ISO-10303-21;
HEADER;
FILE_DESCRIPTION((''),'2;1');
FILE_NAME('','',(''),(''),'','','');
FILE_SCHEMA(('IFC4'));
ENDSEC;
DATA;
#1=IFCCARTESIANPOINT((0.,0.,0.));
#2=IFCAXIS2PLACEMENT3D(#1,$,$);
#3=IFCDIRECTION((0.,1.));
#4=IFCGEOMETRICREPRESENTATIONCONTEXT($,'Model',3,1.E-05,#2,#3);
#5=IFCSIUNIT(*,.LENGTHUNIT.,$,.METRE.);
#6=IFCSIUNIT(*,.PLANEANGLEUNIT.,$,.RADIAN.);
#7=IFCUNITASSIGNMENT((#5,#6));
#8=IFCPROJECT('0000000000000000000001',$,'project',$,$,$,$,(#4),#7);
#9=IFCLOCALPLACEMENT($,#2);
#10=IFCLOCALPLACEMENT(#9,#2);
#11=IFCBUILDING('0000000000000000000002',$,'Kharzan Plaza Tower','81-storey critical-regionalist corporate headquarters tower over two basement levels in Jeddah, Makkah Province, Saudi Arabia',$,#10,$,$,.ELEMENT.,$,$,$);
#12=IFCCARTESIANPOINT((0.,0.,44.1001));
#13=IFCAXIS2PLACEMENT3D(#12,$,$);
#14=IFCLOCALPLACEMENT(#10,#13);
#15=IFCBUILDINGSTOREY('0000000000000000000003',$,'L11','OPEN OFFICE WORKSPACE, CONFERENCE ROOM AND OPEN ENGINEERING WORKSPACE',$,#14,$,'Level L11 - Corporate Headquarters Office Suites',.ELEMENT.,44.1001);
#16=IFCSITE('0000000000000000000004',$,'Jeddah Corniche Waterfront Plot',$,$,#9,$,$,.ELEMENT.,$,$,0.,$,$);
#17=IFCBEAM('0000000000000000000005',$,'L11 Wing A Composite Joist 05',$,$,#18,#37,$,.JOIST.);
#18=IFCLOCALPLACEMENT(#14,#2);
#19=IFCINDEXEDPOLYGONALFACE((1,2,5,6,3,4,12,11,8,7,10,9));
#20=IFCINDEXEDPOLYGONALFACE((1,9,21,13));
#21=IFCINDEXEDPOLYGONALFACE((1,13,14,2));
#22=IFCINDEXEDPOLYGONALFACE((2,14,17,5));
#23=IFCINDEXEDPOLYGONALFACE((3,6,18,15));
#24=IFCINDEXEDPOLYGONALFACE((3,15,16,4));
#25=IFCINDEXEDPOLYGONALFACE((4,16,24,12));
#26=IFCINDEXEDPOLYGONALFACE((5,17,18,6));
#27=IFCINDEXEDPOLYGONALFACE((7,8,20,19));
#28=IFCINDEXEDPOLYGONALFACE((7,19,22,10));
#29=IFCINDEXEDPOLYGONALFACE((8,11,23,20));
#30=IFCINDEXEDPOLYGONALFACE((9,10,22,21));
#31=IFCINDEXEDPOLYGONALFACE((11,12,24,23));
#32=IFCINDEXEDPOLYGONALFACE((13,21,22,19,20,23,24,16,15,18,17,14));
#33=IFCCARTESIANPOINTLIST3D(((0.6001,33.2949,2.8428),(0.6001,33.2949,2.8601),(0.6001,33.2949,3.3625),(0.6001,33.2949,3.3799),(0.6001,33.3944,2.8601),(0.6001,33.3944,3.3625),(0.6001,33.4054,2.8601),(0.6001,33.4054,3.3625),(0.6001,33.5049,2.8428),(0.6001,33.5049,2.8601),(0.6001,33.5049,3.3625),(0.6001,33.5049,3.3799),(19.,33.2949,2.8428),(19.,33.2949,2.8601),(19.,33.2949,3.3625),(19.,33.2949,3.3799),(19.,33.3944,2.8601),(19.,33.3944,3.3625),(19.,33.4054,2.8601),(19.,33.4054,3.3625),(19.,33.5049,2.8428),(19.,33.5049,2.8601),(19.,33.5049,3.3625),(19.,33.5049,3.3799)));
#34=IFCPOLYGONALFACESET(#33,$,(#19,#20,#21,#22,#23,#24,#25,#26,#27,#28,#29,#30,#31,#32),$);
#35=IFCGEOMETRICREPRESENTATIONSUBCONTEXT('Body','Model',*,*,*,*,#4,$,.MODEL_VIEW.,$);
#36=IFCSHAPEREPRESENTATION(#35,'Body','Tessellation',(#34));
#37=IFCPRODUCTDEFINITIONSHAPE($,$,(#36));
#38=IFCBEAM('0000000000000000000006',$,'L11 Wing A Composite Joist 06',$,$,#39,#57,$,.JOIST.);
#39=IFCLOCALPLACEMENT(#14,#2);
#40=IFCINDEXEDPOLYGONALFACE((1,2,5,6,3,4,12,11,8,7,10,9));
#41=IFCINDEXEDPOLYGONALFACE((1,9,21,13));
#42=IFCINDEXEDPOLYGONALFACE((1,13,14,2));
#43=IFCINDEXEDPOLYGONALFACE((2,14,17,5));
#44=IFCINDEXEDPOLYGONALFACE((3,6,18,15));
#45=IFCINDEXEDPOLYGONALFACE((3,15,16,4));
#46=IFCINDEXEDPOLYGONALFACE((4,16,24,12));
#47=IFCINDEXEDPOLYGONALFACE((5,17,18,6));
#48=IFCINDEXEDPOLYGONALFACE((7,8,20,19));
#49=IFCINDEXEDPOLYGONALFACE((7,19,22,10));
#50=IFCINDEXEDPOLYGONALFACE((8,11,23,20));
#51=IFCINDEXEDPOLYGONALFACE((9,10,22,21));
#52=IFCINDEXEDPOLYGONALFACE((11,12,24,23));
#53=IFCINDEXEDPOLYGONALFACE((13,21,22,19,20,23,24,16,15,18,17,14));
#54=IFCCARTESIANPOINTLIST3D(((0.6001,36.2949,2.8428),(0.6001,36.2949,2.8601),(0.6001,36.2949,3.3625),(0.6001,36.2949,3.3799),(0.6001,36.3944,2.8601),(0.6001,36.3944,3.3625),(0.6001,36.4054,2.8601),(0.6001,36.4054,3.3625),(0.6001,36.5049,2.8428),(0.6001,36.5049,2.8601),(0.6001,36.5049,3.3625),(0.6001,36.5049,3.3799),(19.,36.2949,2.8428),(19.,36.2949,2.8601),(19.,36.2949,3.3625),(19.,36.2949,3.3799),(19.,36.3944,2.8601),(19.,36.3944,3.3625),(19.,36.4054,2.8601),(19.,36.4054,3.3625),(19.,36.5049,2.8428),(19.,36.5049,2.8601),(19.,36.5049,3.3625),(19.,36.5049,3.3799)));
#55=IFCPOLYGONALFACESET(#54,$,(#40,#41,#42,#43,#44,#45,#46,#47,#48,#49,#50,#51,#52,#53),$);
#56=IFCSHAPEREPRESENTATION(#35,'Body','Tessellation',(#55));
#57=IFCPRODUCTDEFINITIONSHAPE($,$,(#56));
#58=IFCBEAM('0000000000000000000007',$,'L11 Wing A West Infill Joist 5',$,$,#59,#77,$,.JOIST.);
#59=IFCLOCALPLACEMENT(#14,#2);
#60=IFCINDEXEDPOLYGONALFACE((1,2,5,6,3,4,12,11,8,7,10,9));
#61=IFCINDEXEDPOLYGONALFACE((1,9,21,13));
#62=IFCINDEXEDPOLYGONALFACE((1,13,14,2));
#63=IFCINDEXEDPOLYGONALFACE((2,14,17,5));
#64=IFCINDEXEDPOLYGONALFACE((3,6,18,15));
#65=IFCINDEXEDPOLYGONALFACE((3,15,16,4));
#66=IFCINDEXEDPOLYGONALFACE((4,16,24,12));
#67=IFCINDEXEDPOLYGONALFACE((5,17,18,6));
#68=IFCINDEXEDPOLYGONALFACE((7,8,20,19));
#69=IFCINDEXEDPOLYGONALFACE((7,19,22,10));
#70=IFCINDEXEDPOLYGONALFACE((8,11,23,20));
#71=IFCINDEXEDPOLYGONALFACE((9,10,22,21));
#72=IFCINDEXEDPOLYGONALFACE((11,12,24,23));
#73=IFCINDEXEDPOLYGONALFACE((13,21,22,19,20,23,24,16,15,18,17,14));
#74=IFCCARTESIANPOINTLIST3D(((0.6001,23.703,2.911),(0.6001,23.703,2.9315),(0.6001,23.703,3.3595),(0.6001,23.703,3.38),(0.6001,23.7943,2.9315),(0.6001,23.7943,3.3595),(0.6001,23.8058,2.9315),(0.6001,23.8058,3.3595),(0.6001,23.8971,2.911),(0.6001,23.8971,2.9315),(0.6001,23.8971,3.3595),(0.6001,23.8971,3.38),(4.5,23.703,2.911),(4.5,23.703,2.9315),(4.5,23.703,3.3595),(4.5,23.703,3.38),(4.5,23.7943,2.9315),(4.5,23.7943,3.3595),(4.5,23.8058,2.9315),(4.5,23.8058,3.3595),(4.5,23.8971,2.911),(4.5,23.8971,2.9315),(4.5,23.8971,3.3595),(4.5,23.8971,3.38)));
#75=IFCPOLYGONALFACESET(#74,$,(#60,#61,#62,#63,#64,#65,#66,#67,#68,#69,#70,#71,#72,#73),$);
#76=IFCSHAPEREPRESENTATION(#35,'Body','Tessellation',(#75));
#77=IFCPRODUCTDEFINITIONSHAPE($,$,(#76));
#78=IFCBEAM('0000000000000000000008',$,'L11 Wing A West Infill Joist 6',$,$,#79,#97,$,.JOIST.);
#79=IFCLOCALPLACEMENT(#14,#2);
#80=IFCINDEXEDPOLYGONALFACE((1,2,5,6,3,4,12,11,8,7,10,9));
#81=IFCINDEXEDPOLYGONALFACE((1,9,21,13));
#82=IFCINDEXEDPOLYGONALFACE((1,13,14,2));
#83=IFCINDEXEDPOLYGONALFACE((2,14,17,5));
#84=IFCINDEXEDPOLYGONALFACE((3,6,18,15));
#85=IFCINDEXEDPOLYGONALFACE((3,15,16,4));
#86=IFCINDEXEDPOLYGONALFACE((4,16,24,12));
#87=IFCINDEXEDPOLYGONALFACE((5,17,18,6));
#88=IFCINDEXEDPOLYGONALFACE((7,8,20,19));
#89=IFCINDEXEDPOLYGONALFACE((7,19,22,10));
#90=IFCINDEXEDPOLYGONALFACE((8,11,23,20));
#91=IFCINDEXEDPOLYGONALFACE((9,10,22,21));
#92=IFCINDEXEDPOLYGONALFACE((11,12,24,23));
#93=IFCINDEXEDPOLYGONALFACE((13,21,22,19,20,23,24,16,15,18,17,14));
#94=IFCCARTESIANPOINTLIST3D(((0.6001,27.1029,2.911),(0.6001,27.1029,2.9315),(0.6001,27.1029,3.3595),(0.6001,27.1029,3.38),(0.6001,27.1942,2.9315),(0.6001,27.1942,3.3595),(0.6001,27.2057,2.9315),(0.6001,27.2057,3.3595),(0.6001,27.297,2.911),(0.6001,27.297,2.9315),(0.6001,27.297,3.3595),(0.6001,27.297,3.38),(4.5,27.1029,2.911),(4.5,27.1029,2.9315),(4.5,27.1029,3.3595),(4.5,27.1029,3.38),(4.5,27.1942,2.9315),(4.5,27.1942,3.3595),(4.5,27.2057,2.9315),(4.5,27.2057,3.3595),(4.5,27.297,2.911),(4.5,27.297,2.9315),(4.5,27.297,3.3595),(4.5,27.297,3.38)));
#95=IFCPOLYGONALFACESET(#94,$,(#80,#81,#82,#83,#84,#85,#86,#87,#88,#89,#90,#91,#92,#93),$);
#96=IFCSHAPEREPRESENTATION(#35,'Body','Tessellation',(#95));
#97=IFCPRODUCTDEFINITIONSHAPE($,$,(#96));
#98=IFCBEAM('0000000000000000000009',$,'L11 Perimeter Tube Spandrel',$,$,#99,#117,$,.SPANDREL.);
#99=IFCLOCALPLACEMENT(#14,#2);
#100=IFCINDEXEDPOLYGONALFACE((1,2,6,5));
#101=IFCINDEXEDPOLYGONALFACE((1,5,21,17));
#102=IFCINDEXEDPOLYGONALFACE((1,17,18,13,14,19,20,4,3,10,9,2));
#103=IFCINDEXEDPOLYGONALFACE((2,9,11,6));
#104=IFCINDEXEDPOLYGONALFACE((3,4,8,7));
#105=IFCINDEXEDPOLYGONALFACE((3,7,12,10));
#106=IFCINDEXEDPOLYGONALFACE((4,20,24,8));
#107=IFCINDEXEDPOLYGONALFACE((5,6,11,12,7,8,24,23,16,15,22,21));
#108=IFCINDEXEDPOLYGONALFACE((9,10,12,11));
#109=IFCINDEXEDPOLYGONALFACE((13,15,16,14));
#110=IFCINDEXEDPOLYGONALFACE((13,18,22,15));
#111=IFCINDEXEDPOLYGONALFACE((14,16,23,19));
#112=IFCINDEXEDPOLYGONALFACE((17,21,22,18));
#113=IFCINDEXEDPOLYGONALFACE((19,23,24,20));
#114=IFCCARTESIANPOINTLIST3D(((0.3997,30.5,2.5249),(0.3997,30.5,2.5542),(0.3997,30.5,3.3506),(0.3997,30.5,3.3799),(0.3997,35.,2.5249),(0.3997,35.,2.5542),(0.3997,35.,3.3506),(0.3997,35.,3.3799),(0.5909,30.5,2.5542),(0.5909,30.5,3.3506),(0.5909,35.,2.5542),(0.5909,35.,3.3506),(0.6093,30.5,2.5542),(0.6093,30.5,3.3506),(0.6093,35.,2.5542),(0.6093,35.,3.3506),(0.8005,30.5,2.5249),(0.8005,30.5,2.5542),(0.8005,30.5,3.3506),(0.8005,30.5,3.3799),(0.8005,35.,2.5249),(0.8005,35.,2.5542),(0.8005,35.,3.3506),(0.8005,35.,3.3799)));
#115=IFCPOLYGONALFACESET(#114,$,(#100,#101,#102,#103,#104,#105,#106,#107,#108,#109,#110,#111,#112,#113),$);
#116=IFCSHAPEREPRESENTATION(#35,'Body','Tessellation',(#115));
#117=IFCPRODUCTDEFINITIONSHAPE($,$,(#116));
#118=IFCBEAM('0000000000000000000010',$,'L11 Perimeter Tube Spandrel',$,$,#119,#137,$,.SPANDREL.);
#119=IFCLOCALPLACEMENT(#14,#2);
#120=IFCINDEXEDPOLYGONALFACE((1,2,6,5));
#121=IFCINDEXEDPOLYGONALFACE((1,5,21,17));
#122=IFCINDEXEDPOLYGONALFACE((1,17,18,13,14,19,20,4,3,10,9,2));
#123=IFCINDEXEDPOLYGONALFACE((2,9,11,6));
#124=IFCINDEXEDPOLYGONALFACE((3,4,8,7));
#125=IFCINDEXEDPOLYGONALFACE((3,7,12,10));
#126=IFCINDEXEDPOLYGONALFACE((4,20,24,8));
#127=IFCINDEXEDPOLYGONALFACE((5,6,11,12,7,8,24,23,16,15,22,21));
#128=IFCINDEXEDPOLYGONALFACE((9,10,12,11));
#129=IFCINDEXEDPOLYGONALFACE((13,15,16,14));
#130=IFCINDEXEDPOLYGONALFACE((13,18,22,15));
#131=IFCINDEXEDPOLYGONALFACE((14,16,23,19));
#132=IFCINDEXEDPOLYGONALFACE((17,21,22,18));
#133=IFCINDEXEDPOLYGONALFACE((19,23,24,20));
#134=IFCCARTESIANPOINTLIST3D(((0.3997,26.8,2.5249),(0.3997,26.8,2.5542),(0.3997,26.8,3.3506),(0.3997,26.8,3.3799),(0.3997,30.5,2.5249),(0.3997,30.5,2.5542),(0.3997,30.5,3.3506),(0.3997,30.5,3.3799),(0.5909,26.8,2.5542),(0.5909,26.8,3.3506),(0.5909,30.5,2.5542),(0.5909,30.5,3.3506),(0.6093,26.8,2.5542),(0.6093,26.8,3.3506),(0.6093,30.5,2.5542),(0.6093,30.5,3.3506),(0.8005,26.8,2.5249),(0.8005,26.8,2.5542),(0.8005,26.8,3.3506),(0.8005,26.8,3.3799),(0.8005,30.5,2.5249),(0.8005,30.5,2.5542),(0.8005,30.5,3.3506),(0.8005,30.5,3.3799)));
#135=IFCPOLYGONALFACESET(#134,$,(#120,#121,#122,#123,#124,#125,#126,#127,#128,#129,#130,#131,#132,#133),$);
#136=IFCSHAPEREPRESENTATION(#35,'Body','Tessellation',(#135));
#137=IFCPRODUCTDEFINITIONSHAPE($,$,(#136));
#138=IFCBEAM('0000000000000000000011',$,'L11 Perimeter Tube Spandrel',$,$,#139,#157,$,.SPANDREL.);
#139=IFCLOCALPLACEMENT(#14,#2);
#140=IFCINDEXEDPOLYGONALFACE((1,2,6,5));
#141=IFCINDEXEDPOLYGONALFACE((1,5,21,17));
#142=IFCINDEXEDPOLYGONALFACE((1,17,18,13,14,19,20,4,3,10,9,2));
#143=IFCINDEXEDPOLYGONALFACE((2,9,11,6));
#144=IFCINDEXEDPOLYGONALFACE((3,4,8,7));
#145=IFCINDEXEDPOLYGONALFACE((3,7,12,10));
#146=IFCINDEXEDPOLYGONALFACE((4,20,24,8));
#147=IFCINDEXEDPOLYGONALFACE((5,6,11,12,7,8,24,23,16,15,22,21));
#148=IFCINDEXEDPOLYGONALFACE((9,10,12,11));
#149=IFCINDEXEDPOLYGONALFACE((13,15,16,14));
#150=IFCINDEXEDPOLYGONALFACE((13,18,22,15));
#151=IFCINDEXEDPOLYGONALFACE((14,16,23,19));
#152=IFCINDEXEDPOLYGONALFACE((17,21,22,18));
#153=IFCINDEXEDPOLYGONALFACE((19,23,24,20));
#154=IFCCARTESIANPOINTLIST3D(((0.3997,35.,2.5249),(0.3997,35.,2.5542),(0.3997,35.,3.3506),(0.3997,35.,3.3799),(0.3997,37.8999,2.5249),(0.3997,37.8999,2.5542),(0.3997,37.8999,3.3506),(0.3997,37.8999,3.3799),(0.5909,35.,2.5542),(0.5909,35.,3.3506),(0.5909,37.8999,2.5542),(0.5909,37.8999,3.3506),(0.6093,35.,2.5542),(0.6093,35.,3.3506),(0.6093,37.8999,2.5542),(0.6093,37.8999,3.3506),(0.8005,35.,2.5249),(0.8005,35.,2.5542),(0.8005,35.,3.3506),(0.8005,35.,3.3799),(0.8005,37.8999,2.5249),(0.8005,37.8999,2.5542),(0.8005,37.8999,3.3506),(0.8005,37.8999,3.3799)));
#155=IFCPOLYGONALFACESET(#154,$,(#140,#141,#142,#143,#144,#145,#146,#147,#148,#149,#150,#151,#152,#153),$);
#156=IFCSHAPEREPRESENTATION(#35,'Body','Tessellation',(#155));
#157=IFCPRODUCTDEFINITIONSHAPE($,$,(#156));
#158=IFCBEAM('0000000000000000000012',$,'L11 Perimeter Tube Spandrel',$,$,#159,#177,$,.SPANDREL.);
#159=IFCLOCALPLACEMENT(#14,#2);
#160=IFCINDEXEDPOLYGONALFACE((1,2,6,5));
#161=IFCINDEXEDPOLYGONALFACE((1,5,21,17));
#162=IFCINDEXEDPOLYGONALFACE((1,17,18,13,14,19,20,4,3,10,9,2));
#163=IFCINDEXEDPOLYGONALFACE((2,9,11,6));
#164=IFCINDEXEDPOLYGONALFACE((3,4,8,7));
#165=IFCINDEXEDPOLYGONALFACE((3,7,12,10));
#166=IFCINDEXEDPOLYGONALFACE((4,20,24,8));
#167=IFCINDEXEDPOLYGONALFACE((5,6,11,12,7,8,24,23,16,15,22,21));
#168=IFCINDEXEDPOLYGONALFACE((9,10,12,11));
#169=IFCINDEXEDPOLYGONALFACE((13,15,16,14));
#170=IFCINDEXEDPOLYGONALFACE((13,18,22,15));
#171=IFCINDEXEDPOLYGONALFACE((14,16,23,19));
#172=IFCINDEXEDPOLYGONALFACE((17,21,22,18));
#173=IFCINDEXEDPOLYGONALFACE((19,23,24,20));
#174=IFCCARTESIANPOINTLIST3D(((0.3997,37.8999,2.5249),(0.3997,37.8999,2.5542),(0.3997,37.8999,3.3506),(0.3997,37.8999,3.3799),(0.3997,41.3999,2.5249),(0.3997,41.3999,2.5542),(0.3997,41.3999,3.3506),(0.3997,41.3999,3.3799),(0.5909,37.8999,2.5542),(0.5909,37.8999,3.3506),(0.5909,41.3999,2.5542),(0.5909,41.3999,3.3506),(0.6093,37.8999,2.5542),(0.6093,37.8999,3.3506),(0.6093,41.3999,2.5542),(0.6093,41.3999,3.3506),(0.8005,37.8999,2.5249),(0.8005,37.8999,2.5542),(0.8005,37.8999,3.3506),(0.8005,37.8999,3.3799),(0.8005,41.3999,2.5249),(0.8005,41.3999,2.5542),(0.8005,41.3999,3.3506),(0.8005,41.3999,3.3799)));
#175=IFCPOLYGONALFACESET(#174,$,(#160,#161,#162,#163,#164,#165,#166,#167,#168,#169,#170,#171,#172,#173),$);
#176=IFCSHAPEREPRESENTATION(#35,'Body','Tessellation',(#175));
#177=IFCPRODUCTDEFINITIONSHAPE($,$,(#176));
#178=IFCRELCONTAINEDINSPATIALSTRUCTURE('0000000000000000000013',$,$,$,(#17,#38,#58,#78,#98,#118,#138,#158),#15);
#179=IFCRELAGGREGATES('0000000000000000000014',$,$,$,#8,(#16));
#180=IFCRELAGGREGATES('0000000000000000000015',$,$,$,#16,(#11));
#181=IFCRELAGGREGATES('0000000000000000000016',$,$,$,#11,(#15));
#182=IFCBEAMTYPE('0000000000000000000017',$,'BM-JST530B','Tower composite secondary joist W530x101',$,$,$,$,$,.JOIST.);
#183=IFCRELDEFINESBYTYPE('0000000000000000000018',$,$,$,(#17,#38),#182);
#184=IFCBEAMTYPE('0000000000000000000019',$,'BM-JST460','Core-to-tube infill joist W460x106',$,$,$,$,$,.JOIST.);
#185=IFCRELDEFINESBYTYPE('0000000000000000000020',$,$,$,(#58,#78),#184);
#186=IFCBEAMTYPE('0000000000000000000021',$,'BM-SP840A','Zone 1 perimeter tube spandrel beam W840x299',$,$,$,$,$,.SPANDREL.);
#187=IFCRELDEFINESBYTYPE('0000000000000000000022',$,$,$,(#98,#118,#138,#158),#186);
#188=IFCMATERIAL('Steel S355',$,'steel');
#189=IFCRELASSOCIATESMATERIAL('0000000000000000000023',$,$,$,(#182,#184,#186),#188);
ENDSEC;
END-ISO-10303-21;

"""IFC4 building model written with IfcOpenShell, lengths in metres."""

from ifc_helpers import new_model, si_unit, direction, frame, origin, origin_2d, place, context, subcontext, project, spatial, i_section, extrude, source, transform, mapped, material, material_profile, profile_set, type_object, element, save


model = new_model("IFC4")

# Units and contexts
model_context = context("Model", 3, precision=1e-05, world=origin(), true_north=direction((0.0, 1.0)))
body_context = subcontext(model_context, "Body", "Model", "MODEL_VIEW")
ifc_project = project(units=[si_unit("LENGTHUNIT", "METRE"), si_unit("PLANEANGLEUNIT", "RADIAN")], contexts=[model_context])

# Site, building, storey
site_placement = place(None, origin())
site = spatial("IfcSite", under=ifc_project, at=site_placement, Name="Jeddah Corniche Waterfront Plot", CompositionType="ELEMENT", RefElevation=0.0)
building_placement = place(site_placement, origin())
building = spatial("IfcBuilding", under=site, at=building_placement, Name="Kharzan Plaza Tower", Description="81-storey critical-regionalist corporate headquarters tower over two basement levels in Jeddah, Makkah Province, Saudi Arabia", CompositionType="ELEMENT")
storey_placement = place(building_placement, frame((0.0, 0.0, 44.1001)))
storey = spatial("IfcBuildingStorey", under=building, at=storey_placement, Name="L11", Description="OPEN OFFICE WORKSPACE, CONFERENCE ROOM AND OPEN ENGINEERING WORKSPACE", LongName="Level L11 - Corporate Headquarters Office Suites", CompositionType="ELEMENT", Elevation=44.1001)

# Beams
ifc_material_1 = material(Name="Steel S355", Category="steel")
ifc_material_profile_1 = material_profile(ifc_material_1, i_section(OverallWidth=0.21, OverallDepth=0.5371, WebThickness=0.011, FlangeThickness=0.0173, at=origin_2d()), Name="W530x101")
ifc_profile_set_1 = profile_set([ifc_material_profile_1], Name="Steel S355")
beam_type_1 = type_object("IfcBeamType", Name="BM-JST530B", Description="Tower composite secondary joist W530x101", PredefinedType="JOIST", material=ifc_profile_set_1)
shared_shape_1 = source(origin(), body_context, "Body", "SweptSolid", [
    extrude(i_section(OverallWidth=0.21, OverallDepth=0.5371, WebThickness=0.011, FlangeThickness=0.0173, at=origin_2d()), origin(), (0.0, 0.0, 1.0), 18.3999),
])
for number, where, z_axis, x_axis, name in (
    (1, (0.6001, 33.3999, 3.1113), (1.0, 0.0, 0.0), (0.0, 1.0, 0.0), "L11 Wing A Composite Joist 05"),
    (2, (0.6001, 36.3999, 3.1113), (1.0, 0.0, 0.0), (0.0, 1.0, 0.0), "L11 Wing A Composite Joist 06"),
):
    element("IfcBeam", number, at=place(storey_placement, frame(where, z_axis=z_axis, x_axis=x_axis)), inside=storey, type_object=beam_type_1, Name=name, PredefinedType="JOIST", context=body_context, shape_type="MappedRepresentation", body=[
        mapped(shared_shape_1, transform((0.0, 0.0, 0.0), x_axis=(1.0, 0.0, 0.0), y_axis=(0.0, 1.0, 0.0), z_axis=(0.0, 0.0, 1.0))),
    ])
ifc_material_profile_2 = material_profile(ifc_material_1, i_section(OverallWidth=0.1941, OverallDepth=0.469, WebThickness=0.0115, FlangeThickness=0.0205, at=origin_2d()), Name="W460x106")
ifc_profile_set_2 = profile_set([ifc_material_profile_2], Name="Steel S355")
beam_type_2 = type_object("IfcBeamType", Name="BM-JST460", Description="Core-to-tube infill joist W460x106", PredefinedType="JOIST", material=ifc_profile_set_2)
shared_shape_2 = source(origin(), body_context, "Body", "SweptSolid", [
    extrude(i_section(OverallWidth=0.1941, OverallDepth=0.469, WebThickness=0.0115, FlangeThickness=0.0205, at=origin_2d()), origin(), (0.0, 0.0, 1.0), 3.8999),
])
for number, where, z_axis, x_axis, name in (
    (3, (0.6001, 23.8, 3.1455), (1.0, 0.0, 0.0), (0.0, 1.0, 0.0), "L11 Wing A West Infill Joist 5"),
    (4, (0.6001, 27.2, 3.1455), (1.0, 0.0, 0.0), (0.0, 1.0, 0.0), "L11 Wing A West Infill Joist 6"),
):
    element("IfcBeam", number, at=place(storey_placement, frame(where, z_axis=z_axis, x_axis=x_axis)), inside=storey, type_object=beam_type_2, Name=name, PredefinedType="JOIST", context=body_context, shape_type="MappedRepresentation", body=[
        mapped(shared_shape_2, transform((0.0, 0.0, 0.0), x_axis=(1.0, 0.0, 0.0), y_axis=(0.0, 1.0, 0.0), z_axis=(0.0, 0.0, 1.0))),
    ])
ifc_material_profile_3 = material_profile(ifc_material_1, i_section(OverallWidth=0.4009, OverallDepth=0.855, WebThickness=0.0183, FlangeThickness=0.0293, at=origin_2d()), Name="W840x299")
ifc_profile_set_3 = profile_set([ifc_material_profile_3], Name="Steel S355")
beam_type_3 = type_object("IfcBeamType", Name="BM-SP840A", Description="Zone 1 perimeter tube spandrel beam W840x299", PredefinedType="SPANDREL", material=ifc_profile_set_3)
shared_shape_3 = source(origin(), body_context, "Body", "SweptSolid", [
    extrude(i_section(OverallWidth=0.4009, OverallDepth=0.855, WebThickness=0.0183, FlangeThickness=0.0293, at=origin_2d()), origin(), (0.0, 0.0, 1.0), 4.5),
])
beam_1_placement = place(storey_placement, frame((0.6001, 30.5, 2.9524), z_axis=(0.0, 1.0, 0.0), x_axis=(-1.0, 0.0, 0.0)))
element("IfcBeam", 5, at=beam_1_placement, inside=storey, type_object=beam_type_3, Name="L11 Perimeter Tube Spandrel", PredefinedType="SPANDREL", context=body_context, shape_type="MappedRepresentation", body=[
    mapped(shared_shape_3, transform((0.0, 0.0, 0.0), x_axis=(1.0, 0.0, 0.0), y_axis=(0.0, 1.0, 0.0), z_axis=(0.0, 0.0, 1.0))),
])
shared_shape_4 = source(origin(), body_context, "Body", "SweptSolid", [
    extrude(i_section(OverallWidth=0.4009, OverallDepth=0.855, WebThickness=0.0183, FlangeThickness=0.0293, at=origin_2d()), origin(), (0.0, 0.0, 1.0), 3.7),
])
beam_2_placement = place(storey_placement, frame((0.6001, 26.8, 2.9524), z_axis=(0.0, 1.0, 0.0), x_axis=(-1.0, 0.0, 0.0)))
element("IfcBeam", 6, at=beam_2_placement, inside=storey, type_object=beam_type_3, Name="L11 Perimeter Tube Spandrel", PredefinedType="SPANDREL", context=body_context, shape_type="MappedRepresentation", body=[
    mapped(shared_shape_4, transform((0.0, 0.0, 0.0), x_axis=(1.0, 0.0, 0.0), y_axis=(0.0, 1.0, 0.0), z_axis=(0.0, 0.0, 1.0))),
])
shared_shape_5 = source(origin(), body_context, "Body", "SweptSolid", [
    extrude(i_section(OverallWidth=0.4009, OverallDepth=0.855, WebThickness=0.0183, FlangeThickness=0.0293, at=origin_2d()), origin(), (0.0, 0.0, 1.0), 2.8999),
])
beam_3_placement = place(storey_placement, frame((0.6001, 35.0, 2.9524), z_axis=(0.0, 1.0, 0.0), x_axis=(-1.0, 0.0, 0.0)))
element("IfcBeam", 7, at=beam_3_placement, inside=storey, type_object=beam_type_3, Name="L11 Perimeter Tube Spandrel", PredefinedType="SPANDREL", context=body_context, shape_type="MappedRepresentation", body=[
    mapped(shared_shape_5, transform((0.0, 0.0, 0.0), x_axis=(1.0, 0.0, 0.0), y_axis=(0.0, 1.0, 0.0), z_axis=(0.0, 0.0, 1.0))),
])
shared_shape_6 = source(origin(), body_context, "Body", "SweptSolid", [
    extrude(i_section(OverallWidth=0.4009, OverallDepth=0.855, WebThickness=0.0183, FlangeThickness=0.0293, at=origin_2d()), origin(), (0.0, 0.0, 1.0), 3.5),
])
beam_4_placement = place(storey_placement, frame((0.6001, 37.8999, 2.9524), z_axis=(0.0, 1.0, 0.0), x_axis=(-1.0, 0.0, 0.0)))
element("IfcBeam", 8, at=beam_4_placement, inside=storey, type_object=beam_type_3, Name="L11 Perimeter Tube Spandrel", PredefinedType="SPANDREL", context=body_context, shape_type="MappedRepresentation", body=[
    mapped(shared_shape_6, transform((0.0, 0.0, 0.0), x_axis=(1.0, 0.0, 0.0), y_axis=(0.0, 1.0, 0.0), z_axis=(0.0, 0.0, 1.0))),
])

save(model, "model.ifc")
